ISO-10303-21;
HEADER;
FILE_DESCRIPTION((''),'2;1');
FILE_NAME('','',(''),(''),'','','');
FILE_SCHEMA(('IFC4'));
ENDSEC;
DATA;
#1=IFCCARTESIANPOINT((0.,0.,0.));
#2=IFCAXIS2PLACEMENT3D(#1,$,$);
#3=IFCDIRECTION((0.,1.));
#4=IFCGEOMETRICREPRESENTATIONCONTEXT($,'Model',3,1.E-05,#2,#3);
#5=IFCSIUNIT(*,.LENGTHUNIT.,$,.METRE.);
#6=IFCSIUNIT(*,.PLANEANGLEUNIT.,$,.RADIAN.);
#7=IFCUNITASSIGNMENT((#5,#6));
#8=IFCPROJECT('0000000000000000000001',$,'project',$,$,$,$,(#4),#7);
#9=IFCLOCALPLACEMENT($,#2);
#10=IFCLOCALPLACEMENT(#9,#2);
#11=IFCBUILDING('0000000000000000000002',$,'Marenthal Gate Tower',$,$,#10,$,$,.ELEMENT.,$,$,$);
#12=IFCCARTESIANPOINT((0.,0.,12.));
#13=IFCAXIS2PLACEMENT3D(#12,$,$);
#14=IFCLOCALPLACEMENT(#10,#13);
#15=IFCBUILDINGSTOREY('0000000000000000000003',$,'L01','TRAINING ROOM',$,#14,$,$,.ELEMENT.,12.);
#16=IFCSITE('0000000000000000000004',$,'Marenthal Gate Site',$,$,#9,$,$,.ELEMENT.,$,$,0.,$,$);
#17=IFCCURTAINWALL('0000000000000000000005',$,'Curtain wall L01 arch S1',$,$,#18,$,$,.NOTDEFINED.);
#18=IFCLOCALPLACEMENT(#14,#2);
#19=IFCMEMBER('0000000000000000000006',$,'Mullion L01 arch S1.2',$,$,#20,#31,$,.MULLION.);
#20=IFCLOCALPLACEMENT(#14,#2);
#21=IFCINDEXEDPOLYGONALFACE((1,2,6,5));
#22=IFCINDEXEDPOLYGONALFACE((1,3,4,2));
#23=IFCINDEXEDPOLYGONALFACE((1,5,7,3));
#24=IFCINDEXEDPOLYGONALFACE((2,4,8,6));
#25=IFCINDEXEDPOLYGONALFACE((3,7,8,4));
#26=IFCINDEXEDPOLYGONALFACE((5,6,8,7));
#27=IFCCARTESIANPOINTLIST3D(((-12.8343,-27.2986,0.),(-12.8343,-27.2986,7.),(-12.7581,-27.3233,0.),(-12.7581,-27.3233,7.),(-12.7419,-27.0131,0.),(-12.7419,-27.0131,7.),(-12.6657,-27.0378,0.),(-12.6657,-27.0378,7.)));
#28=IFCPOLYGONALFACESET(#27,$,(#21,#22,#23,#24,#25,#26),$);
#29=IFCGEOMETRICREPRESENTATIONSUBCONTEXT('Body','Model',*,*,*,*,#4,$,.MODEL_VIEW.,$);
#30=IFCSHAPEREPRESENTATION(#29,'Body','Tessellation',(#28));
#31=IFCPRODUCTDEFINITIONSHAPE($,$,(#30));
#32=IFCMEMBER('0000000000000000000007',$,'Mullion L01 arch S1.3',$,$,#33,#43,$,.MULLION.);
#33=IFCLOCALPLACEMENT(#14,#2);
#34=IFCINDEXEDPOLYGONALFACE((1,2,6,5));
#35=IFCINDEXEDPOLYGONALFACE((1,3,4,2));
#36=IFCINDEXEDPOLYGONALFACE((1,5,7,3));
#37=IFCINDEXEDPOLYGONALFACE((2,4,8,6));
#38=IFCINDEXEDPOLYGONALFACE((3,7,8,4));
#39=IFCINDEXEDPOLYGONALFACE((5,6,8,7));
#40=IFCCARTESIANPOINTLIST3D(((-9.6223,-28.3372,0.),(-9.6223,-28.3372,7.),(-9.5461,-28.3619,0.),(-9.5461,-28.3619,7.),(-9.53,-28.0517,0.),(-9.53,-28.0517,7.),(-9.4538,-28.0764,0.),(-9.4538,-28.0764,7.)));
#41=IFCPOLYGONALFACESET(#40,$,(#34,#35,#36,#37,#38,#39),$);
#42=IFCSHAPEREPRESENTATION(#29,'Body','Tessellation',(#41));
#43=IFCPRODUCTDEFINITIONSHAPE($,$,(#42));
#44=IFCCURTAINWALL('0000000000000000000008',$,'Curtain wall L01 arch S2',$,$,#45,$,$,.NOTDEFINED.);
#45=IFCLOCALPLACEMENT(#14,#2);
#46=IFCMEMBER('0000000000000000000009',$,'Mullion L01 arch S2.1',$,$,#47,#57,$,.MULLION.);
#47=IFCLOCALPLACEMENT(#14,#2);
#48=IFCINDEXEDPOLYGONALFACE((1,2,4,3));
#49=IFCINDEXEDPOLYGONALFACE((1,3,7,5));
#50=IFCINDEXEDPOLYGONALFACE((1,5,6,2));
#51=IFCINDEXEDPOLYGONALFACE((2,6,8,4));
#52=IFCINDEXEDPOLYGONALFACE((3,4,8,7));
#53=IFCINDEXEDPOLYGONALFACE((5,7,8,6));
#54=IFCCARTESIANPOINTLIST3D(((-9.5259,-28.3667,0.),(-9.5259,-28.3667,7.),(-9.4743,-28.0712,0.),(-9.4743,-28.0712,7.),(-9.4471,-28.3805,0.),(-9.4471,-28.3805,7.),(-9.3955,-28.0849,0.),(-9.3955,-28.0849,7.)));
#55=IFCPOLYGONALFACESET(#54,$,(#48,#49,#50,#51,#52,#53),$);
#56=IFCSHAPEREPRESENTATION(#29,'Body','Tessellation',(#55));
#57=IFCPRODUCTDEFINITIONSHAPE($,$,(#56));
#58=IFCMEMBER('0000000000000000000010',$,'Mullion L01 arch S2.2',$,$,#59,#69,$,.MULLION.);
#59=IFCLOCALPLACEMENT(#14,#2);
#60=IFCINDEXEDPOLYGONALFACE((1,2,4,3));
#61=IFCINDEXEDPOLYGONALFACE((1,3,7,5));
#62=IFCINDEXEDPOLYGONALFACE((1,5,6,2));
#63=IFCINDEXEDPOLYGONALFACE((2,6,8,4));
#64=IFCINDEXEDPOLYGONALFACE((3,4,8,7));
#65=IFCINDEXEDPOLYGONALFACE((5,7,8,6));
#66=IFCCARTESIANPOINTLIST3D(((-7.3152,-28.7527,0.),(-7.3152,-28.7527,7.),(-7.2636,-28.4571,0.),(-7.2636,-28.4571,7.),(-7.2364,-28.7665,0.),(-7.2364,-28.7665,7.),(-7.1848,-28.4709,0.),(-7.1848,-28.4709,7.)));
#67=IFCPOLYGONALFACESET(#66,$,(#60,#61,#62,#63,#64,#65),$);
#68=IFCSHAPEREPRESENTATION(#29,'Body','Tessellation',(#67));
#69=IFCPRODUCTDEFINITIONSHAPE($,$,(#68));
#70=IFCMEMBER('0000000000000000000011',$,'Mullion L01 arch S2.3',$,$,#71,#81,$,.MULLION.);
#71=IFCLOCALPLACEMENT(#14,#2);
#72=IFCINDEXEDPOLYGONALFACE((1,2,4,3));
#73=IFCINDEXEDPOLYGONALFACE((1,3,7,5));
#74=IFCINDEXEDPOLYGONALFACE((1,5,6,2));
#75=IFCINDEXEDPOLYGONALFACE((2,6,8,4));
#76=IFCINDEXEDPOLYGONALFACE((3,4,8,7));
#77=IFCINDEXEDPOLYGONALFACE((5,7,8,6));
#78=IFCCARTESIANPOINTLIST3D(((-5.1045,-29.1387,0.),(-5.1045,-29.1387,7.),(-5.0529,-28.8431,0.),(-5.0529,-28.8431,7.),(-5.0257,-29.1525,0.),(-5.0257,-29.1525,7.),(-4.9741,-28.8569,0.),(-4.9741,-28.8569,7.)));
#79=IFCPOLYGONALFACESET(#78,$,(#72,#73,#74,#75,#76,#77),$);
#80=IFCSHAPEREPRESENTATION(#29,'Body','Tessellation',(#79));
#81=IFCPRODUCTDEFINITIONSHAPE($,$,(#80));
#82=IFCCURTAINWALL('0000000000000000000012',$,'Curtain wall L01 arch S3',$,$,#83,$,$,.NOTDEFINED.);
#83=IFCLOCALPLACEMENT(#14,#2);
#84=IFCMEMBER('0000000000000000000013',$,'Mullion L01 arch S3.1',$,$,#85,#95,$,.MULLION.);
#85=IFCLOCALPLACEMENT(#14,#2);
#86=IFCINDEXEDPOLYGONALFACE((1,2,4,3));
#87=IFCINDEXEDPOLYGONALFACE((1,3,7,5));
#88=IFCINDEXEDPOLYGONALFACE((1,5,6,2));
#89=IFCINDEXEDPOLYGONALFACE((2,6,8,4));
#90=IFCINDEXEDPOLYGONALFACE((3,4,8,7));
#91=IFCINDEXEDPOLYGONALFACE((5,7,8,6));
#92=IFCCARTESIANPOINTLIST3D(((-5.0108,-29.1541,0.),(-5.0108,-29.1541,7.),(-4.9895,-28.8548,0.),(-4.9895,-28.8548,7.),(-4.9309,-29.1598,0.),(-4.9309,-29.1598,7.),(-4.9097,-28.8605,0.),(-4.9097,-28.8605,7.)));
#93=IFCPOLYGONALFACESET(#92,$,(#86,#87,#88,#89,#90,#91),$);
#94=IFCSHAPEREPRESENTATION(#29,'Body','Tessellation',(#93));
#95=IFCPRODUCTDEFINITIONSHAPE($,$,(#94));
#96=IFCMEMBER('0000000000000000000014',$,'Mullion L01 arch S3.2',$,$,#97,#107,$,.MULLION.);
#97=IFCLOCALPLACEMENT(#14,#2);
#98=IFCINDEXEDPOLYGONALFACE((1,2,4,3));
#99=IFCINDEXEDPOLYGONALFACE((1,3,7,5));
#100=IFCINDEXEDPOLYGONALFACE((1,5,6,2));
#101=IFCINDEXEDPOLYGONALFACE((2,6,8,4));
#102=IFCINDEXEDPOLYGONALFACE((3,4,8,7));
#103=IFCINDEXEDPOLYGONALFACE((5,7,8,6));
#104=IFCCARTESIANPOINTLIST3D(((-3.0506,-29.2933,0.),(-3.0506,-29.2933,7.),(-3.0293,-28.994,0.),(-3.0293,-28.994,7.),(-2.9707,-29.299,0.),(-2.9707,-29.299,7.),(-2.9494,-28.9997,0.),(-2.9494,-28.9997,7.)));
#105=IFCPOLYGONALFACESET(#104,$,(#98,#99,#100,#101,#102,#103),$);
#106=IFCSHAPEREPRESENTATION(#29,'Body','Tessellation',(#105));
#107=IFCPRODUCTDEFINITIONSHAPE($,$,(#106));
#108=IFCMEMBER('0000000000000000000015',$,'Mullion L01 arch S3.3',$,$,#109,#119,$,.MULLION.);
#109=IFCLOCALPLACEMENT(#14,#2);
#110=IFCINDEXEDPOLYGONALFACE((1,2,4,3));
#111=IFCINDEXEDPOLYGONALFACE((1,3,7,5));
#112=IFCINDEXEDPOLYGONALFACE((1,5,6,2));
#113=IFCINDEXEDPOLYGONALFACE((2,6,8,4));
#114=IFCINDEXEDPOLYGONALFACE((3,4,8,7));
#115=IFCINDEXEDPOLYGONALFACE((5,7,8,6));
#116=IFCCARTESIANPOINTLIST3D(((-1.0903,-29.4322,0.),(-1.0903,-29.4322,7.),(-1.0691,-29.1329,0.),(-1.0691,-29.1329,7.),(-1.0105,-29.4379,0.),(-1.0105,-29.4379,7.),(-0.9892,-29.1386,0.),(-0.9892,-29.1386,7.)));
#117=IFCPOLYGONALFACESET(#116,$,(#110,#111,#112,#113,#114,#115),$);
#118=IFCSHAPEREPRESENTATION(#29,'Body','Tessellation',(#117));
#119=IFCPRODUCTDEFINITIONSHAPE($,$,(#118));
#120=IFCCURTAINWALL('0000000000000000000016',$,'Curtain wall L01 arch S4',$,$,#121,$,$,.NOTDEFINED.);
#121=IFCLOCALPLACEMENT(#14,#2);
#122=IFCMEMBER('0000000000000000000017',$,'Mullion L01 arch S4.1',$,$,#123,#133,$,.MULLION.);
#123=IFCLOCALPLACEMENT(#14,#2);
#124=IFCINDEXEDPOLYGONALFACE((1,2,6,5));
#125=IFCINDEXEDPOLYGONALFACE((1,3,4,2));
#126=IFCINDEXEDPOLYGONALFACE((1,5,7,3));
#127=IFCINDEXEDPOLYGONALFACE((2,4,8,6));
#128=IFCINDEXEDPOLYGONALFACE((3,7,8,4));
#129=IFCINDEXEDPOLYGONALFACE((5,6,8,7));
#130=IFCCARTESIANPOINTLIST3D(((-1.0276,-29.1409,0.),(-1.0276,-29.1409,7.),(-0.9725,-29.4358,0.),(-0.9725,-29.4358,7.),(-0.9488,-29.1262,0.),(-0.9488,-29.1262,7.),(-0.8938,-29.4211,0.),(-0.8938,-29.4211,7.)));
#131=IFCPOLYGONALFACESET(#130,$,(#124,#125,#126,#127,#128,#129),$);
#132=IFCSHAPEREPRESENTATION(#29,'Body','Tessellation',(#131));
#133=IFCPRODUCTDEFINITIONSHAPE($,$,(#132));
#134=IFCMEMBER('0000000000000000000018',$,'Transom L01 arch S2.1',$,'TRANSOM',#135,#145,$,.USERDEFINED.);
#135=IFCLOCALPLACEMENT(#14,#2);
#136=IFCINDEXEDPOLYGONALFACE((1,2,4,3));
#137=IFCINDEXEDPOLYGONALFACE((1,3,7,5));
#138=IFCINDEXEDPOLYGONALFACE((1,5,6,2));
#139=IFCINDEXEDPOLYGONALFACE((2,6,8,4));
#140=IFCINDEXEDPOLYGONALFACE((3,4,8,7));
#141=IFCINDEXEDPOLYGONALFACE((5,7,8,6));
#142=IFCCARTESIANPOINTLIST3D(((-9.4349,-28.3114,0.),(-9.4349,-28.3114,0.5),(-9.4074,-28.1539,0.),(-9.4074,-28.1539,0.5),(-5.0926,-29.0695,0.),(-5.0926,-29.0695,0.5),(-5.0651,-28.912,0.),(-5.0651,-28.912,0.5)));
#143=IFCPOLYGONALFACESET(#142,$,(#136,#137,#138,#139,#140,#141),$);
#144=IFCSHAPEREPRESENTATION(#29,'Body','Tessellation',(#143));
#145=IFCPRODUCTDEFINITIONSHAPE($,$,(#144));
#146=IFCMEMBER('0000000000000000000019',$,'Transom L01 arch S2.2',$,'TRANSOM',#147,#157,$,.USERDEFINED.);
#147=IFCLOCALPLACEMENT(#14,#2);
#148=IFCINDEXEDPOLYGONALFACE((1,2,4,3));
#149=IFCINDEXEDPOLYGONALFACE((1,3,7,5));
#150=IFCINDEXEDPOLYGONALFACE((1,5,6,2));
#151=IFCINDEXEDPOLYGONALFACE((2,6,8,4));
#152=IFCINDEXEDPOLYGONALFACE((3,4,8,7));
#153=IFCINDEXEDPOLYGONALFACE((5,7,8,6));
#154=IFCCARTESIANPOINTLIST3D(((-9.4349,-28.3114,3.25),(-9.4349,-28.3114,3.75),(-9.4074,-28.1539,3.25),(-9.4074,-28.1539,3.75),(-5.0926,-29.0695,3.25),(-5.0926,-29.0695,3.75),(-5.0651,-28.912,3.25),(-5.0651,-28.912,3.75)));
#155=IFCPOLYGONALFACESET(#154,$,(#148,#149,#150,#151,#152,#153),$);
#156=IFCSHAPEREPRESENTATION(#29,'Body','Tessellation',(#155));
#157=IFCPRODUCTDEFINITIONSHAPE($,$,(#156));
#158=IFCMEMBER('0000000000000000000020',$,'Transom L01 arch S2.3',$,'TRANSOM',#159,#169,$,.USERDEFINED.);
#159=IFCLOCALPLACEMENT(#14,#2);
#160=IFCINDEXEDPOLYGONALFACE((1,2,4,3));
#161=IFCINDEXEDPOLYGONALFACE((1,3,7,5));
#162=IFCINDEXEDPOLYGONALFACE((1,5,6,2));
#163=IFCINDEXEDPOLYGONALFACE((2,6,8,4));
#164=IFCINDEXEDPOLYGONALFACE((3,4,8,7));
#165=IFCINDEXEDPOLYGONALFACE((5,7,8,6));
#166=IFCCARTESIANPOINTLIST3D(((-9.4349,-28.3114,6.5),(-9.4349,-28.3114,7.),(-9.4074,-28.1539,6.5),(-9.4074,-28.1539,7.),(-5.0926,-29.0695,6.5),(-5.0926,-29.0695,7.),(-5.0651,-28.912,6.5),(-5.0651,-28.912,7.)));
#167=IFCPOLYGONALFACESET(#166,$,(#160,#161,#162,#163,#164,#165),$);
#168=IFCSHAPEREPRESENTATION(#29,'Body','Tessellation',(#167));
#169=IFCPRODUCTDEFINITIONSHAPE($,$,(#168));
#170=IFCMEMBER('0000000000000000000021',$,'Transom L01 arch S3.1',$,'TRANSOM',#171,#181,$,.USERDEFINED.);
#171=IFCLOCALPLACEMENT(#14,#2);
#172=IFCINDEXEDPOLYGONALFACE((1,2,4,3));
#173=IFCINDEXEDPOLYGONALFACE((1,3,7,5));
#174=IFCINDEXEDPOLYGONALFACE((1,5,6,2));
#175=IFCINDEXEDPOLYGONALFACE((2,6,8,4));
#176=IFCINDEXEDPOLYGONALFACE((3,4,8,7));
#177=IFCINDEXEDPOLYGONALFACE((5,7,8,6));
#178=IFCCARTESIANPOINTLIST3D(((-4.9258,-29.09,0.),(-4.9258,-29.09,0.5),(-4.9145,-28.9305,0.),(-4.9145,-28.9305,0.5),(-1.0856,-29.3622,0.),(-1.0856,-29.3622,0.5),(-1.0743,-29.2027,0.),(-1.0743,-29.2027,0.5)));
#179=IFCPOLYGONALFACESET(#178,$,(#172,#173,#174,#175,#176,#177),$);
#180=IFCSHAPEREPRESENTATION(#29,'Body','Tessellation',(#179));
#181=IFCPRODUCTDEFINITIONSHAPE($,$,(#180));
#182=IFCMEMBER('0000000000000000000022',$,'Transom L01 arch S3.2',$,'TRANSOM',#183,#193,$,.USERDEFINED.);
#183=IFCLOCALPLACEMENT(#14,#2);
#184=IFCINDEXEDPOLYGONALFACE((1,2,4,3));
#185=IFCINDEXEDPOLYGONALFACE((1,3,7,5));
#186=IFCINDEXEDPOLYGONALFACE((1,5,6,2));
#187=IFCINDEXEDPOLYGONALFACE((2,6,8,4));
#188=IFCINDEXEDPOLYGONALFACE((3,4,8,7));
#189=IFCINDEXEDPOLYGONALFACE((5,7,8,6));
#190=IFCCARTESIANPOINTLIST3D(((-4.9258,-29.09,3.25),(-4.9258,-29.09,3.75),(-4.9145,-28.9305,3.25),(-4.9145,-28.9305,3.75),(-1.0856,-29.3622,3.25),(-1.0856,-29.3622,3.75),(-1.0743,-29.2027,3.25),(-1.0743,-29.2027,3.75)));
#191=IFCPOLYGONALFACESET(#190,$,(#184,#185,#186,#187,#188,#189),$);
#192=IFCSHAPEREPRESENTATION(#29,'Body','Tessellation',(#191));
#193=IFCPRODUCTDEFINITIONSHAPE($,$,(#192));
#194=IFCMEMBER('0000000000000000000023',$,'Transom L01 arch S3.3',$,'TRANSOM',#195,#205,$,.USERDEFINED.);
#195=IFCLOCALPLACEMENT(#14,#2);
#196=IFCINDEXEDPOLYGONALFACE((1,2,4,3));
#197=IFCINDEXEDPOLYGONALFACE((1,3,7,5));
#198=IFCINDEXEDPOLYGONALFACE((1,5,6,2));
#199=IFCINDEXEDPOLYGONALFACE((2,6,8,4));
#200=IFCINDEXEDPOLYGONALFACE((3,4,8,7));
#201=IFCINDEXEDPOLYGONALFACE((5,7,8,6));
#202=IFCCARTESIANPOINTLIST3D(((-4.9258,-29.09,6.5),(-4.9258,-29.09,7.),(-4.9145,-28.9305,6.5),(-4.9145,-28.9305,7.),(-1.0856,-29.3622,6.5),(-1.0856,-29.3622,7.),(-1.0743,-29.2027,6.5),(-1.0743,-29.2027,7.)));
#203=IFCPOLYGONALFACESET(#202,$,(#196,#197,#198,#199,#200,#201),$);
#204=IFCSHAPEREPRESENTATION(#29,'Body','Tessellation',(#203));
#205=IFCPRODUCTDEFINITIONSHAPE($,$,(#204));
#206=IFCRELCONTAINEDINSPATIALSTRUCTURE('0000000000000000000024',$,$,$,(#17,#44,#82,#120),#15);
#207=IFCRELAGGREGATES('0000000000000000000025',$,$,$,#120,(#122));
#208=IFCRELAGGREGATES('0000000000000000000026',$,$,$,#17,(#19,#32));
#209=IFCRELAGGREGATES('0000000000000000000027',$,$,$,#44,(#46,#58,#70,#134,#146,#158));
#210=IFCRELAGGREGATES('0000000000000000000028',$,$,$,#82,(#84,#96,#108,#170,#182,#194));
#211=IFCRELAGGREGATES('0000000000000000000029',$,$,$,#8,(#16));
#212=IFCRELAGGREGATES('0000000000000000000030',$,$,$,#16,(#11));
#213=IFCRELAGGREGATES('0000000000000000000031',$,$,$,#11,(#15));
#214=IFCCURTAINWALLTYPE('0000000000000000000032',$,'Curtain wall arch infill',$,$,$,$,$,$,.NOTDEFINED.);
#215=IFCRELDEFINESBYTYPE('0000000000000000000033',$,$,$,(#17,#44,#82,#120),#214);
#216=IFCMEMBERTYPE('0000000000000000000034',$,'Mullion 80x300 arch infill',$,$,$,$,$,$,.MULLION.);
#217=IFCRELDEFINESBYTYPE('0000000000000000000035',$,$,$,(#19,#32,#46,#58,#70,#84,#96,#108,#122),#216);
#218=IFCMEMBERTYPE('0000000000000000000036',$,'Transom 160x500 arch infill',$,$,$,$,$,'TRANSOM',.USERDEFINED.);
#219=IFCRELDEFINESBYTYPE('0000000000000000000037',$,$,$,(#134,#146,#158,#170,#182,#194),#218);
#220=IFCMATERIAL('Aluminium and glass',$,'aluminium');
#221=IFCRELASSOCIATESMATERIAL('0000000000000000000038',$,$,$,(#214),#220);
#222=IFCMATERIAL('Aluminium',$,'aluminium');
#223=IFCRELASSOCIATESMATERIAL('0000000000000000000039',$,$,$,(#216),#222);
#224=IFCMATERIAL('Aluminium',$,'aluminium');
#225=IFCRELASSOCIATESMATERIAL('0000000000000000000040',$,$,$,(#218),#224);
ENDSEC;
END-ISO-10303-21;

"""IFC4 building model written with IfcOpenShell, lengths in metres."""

from ifc_helpers import new_model, si_unit, direction, frame, origin, origin_2d, place, context, subcontext, project, spatial, rectangle, extrude, material, material_profile, profile_set, type_object, element, aggregate, save


model = new_model("IFC4")

# Units and contexts
model_context = context("Model", 3, precision=1e-05, world=origin(), true_north=direction((0.0, 1.0)))
body_context = subcontext(model_context, "Body", "Model", "MODEL_VIEW")
ifc_project = project(units=[si_unit("LENGTHUNIT", "METRE"), si_unit("PLANEANGLEUNIT", "RADIAN")], contexts=[model_context])

# Site, building, storey
site_placement = place(None, origin())
site = spatial("IfcSite", under=ifc_project, at=site_placement, Name="Marenthal Gate Site", CompositionType="ELEMENT", RefElevation=0.0)
building_placement = place(site_placement, origin())
building = spatial("IfcBuilding", under=site, at=building_placement, Name="Marenthal Gate Tower", CompositionType="ELEMENT")
storey_placement = place(building_placement, frame((0.0, 0.0, 12.0)))
storey = spatial("IfcBuildingStorey", under=building, at=storey_placement, Name="L01", Description="TRAINING ROOM", CompositionType="ELEMENT", Elevation=12.0)

# Curtain walls, members
ifc_material_1 = material(Name="Aluminium and glass", Category="aluminium")
curtain_wall_type = type_object("IfcCurtainWallType", Name="Curtain wall arch infill", PredefinedType="NOTDEFINED", material=ifc_material_1)
curtain_wall_1_placement = place(storey_placement, origin())
curtain_wall_1 = element("IfcCurtainWall", 1, at=curtain_wall_1_placement, inside=storey, type_object=curtain_wall_type, Name="Curtain wall L01 arch S1", PredefinedType="NOTDEFINED")
ifc_material_2 = material(Name="Aluminium", Category="aluminium")
ifc_material_profile_1 = material_profile(ifc_material_2, rectangle(XDim=0.3, YDim=0.0801, at=origin_2d()), Name="80x300 aluminium mullion")
ifc_profile_set_1 = profile_set([ifc_material_profile_1], Name="Aluminium")
member_type_1 = type_object("IfcMemberType", Name="Mullion 80x300 arch infill", PredefinedType="MULLION", material=ifc_profile_set_1)
member_1_placement = place(storey_placement, frame((-12.75, -27.1682, 0.0), z_axis=(0.0, 0.0, 1.0), x_axis=(0.307641, 0.951502, 0.0)))
member_1 = element("IfcMember", 2, at=member_1_placement, type_object=member_type_1, Name="Mullion L01 arch S1.2", PredefinedType="MULLION", context=body_context, shape_type="SweptSolid", body=[
    extrude(rectangle(XDim=0.3, YDim=0.0801, at=origin_2d()), origin(), (0.0, 0.0, 1.0), 7.0),
])
member_2_placement = place(storey_placement, frame((-9.5381, -28.2068, 0.0), z_axis=(0.0, 0.0, 1.0), x_axis=(0.307641, 0.951502, 0.0)))
member_2 = element("IfcMember", 3, at=member_2_placement, type_object=member_type_1, Name="Mullion L01 arch S1.3", PredefinedType="MULLION", context=body_context, shape_type="SweptSolid", body=[
    extrude(rectangle(XDim=0.3, YDim=0.0801, at=origin_2d()), origin(), (0.0, 0.0, 1.0), 7.0),
])
curtain_wall_2_placement = place(storey_placement, origin())
curtain_wall_2 = element("IfcCurtainWall", 4, at=curtain_wall_2_placement, inside=storey, type_object=curtain_wall_type, Name="Curtain wall L01 arch S2", PredefinedType="NOTDEFINED")
member_3_placement = place(storey_placement, frame((-9.4607, -28.2258, 0.0), z_axis=(0.0, 0.0, 1.0), x_axis=(0.171973, 0.985102, 0.0)))
member_3 = element("IfcMember", 5, at=member_3_placement, type_object=member_type_1, Name="Mullion L01 arch S2.1", PredefinedType="MULLION", context=body_context, shape_type="SweptSolid", body=[
    extrude(rectangle(XDim=0.3, YDim=0.0801, at=origin_2d()), origin(), (0.0, 0.0, 1.0), 7.0),
])
member_4_placement = place(storey_placement, frame((-7.25, -28.6118, 0.0), z_axis=(0.0, 0.0, 1.0), x_axis=(0.171973, 0.985102, 0.0)))
member_4 = element("IfcMember", 6, at=member_4_placement, type_object=member_type_1, Name="Mullion L01 arch S2.2", PredefinedType="MULLION", context=body_context, shape_type="SweptSolid", body=[
    extrude(rectangle(XDim=0.3, YDim=0.0801, at=origin_2d()), origin(), (0.0, 0.0, 1.0), 7.0),
])
member_5_placement = place(storey_placement, frame((-5.0393, -28.9978, 0.0), z_axis=(0.0, 0.0, 1.0), x_axis=(0.171973, 0.985102, 0.0)))
member_5 = element("IfcMember", 7, at=member_5_placement, type_object=member_type_1, Name="Mullion L01 arch S2.3", PredefinedType="MULLION", context=body_context, shape_type="SweptSolid", body=[
    extrude(rectangle(XDim=0.3, YDim=0.0801, at=origin_2d()), origin(), (0.0, 0.0, 1.0), 7.0),
])
curtain_wall_3_placement = place(storey_placement, origin())
curtain_wall_3 = element("IfcCurtainWall", 8, at=curtain_wall_3_placement, inside=storey, type_object=curtain_wall_type, Name="Curtain wall L01 arch S3", PredefinedType="NOTDEFINED")
member_6_placement = place(storey_placement, frame((-4.9602, -29.0073, 0.0), z_axis=(0.0, 0.0, 1.0), x_axis=(0.070735, 0.997495, 0.0)))
member_6 = element("IfcMember", 9, at=member_6_placement, type_object=member_type_1, Name="Mullion L01 arch S3.1", PredefinedType="MULLION", context=body_context, shape_type="SweptSolid", body=[
    extrude(rectangle(XDim=0.3, YDim=0.0801, at=origin_2d()), origin(), (0.0, 0.0, 1.0), 7.0),
])
member_7_placement = place(storey_placement, frame((-3.0, -29.1465, 0.0), z_axis=(0.0, 0.0, 1.0), x_axis=(0.070735, 0.997495, 0.0)))
member_7 = element("IfcMember", 10, at=member_7_placement, type_object=member_type_1, Name="Mullion L01 arch S3.2", PredefinedType="MULLION", context=body_context, shape_type="SweptSolid", body=[
    extrude(rectangle(XDim=0.3, YDim=0.0801, at=origin_2d()), origin(), (0.0, 0.0, 1.0), 7.0),
])
member_8_placement = place(storey_placement, frame((-1.0398, -29.2854, 0.0), z_axis=(0.0, 0.0, 1.0), x_axis=(0.070735, 0.997495, 0.0)))
member_8 = element("IfcMember", 11, at=member_8_placement, type_object=member_type_1, Name="Mullion L01 arch S3.3", PredefinedType="MULLION", context=body_context, shape_type="SweptSolid", body=[
    extrude(rectangle(XDim=0.3, YDim=0.0801, at=origin_2d()), origin(), (0.0, 0.0, 1.0), 7.0),
])

# Curtain wall, member
curtain_wall_4_placement = place(storey_placement, origin())
curtain_wall_4 = element("IfcCurtainWall", 12, at=curtain_wall_4_placement, inside=storey, type_object=curtain_wall_type, Name="Curtain wall L01 arch S4", PredefinedType="NOTDEFINED")
member_9_placement = place(storey_placement, frame((-0.9607, -29.281, 0.0), z_axis=(0.0, 0.0, 1.0), x_axis=(-0.183357, 0.983046, 0.0)))
member_9 = element("IfcMember", 13, at=member_9_placement, type_object=member_type_1, Name="Mullion L01 arch S4.1", PredefinedType="MULLION", context=body_context, shape_type="SweptSolid", body=[
    extrude(rectangle(XDim=0.3, YDim=0.0801, at=origin_2d()), origin(), (0.0, 0.0, 1.0), 7.0),
])

# Members
ifc_material_3 = material(Name="Aluminium", Category="aluminium")
ifc_material_profile_2 = material_profile(ifc_material_3, rectangle(XDim=0.1599, YDim=0.5, at=origin_2d()), Name="160x500 aluminium transom")
ifc_profile_set_2 = profile_set([ifc_material_profile_2], Name="Aluminium")
member_type_2 = type_object("IfcMemberType", Name="Transom 160x500 arch infill", ElementType="TRANSOM", PredefinedType="USERDEFINED", material=ifc_profile_set_2)
member_10_placement = place(storey_placement, frame((-9.4211, -28.2327, 0.25), z_axis=(0.985101, -0.171975, 0.0), x_axis=(0.171975, 0.985101, 0.0)))
member_10 = element("IfcMember", 14, at=member_10_placement, type_object=member_type_2, Name="Transom L01 arch S2.1", ObjectType="TRANSOM", PredefinedType="USERDEFINED", context=body_context, shape_type="SweptSolid", body=[
    extrude(rectangle(XDim=0.1599, YDim=0.5, at=origin_2d()), origin(), (0.0, 0.0, 1.0), 4.408),
])
member_11_placement = place(storey_placement, frame((-9.4211, -28.2327, 3.5), z_axis=(0.985101, -0.171975, 0.0), x_axis=(0.171975, 0.985101, 0.0)))
member_11 = element("IfcMember", 15, at=member_11_placement, type_object=member_type_2, Name="Transom L01 arch S2.2", ObjectType="TRANSOM", PredefinedType="USERDEFINED", context=body_context, shape_type="SweptSolid", body=[
    extrude(rectangle(XDim=0.1599, YDim=0.5, at=origin_2d()), origin(), (0.0, 0.0, 1.0), 4.408),
])
member_12_placement = place(storey_placement, frame((-9.4211, -28.2327, 6.75), z_axis=(0.985101, -0.171975, 0.0), x_axis=(0.171975, 0.985101, 0.0)))
member_12 = element("IfcMember", 16, at=member_12_placement, type_object=member_type_2, Name="Transom L01 arch S2.3", ObjectType="TRANSOM", PredefinedType="USERDEFINED", context=body_context, shape_type="SweptSolid", body=[
    extrude(rectangle(XDim=0.1599, YDim=0.5, at=origin_2d()), origin(), (0.0, 0.0, 1.0), 4.408),
])
member_13_placement = place(storey_placement, frame((-4.9202, -29.0103, 0.25), z_axis=(0.997497, -0.070706, 0.0), x_axis=(0.070706, 0.997497, 0.0)))
member_13 = element("IfcMember", 17, at=member_13_placement, type_object=member_type_2, Name="Transom L01 arch S3.1", ObjectType="TRANSOM", PredefinedType="USERDEFINED", context=body_context, shape_type="SweptSolid", body=[
    extrude(rectangle(XDim=0.1599, YDim=0.5, at=origin_2d()), origin(), (0.0, 0.0, 1.0), 3.8499),
])
member_14_placement = place(storey_placement, frame((-4.9202, -29.0103, 3.5), z_axis=(0.997497, -0.070706, 0.0), x_axis=(0.070706, 0.997497, 0.0)))
member_14 = element("IfcMember", 18, at=member_14_placement, type_object=member_type_2, Name="Transom L01 arch S3.2", ObjectType="TRANSOM", PredefinedType="USERDEFINED", context=body_context, shape_type="SweptSolid", body=[
    extrude(rectangle(XDim=0.1599, YDim=0.5, at=origin_2d()), origin(), (0.0, 0.0, 1.0), 3.8499),
])
member_15_placement = place(storey_placement, frame((-4.9202, -29.0103, 6.75), z_axis=(0.997497, -0.070706, 0.0), x_axis=(0.070706, 0.997497, 0.0)))
member_15 = element("IfcMember", 19, at=member_15_placement, type_object=member_type_2, Name="Transom L01 arch S3.3", ObjectType="TRANSOM", PredefinedType="USERDEFINED", context=body_context, shape_type="SweptSolid", body=[
    extrude(rectangle(XDim=0.1599, YDim=0.5, at=origin_2d()), origin(), (0.0, 0.0, 1.0), 3.8499),
])
aggregate(curtain_wall_4, [member_9])

aggregate(curtain_wall_1, [member_1, member_2])
aggregate(curtain_wall_2, [member_3, member_4, member_5, member_10, member_11, member_12])
aggregate(curtain_wall_3, [member_6, member_7, member_8, member_13, member_14, member_15])

save(model, "model.ifc")
